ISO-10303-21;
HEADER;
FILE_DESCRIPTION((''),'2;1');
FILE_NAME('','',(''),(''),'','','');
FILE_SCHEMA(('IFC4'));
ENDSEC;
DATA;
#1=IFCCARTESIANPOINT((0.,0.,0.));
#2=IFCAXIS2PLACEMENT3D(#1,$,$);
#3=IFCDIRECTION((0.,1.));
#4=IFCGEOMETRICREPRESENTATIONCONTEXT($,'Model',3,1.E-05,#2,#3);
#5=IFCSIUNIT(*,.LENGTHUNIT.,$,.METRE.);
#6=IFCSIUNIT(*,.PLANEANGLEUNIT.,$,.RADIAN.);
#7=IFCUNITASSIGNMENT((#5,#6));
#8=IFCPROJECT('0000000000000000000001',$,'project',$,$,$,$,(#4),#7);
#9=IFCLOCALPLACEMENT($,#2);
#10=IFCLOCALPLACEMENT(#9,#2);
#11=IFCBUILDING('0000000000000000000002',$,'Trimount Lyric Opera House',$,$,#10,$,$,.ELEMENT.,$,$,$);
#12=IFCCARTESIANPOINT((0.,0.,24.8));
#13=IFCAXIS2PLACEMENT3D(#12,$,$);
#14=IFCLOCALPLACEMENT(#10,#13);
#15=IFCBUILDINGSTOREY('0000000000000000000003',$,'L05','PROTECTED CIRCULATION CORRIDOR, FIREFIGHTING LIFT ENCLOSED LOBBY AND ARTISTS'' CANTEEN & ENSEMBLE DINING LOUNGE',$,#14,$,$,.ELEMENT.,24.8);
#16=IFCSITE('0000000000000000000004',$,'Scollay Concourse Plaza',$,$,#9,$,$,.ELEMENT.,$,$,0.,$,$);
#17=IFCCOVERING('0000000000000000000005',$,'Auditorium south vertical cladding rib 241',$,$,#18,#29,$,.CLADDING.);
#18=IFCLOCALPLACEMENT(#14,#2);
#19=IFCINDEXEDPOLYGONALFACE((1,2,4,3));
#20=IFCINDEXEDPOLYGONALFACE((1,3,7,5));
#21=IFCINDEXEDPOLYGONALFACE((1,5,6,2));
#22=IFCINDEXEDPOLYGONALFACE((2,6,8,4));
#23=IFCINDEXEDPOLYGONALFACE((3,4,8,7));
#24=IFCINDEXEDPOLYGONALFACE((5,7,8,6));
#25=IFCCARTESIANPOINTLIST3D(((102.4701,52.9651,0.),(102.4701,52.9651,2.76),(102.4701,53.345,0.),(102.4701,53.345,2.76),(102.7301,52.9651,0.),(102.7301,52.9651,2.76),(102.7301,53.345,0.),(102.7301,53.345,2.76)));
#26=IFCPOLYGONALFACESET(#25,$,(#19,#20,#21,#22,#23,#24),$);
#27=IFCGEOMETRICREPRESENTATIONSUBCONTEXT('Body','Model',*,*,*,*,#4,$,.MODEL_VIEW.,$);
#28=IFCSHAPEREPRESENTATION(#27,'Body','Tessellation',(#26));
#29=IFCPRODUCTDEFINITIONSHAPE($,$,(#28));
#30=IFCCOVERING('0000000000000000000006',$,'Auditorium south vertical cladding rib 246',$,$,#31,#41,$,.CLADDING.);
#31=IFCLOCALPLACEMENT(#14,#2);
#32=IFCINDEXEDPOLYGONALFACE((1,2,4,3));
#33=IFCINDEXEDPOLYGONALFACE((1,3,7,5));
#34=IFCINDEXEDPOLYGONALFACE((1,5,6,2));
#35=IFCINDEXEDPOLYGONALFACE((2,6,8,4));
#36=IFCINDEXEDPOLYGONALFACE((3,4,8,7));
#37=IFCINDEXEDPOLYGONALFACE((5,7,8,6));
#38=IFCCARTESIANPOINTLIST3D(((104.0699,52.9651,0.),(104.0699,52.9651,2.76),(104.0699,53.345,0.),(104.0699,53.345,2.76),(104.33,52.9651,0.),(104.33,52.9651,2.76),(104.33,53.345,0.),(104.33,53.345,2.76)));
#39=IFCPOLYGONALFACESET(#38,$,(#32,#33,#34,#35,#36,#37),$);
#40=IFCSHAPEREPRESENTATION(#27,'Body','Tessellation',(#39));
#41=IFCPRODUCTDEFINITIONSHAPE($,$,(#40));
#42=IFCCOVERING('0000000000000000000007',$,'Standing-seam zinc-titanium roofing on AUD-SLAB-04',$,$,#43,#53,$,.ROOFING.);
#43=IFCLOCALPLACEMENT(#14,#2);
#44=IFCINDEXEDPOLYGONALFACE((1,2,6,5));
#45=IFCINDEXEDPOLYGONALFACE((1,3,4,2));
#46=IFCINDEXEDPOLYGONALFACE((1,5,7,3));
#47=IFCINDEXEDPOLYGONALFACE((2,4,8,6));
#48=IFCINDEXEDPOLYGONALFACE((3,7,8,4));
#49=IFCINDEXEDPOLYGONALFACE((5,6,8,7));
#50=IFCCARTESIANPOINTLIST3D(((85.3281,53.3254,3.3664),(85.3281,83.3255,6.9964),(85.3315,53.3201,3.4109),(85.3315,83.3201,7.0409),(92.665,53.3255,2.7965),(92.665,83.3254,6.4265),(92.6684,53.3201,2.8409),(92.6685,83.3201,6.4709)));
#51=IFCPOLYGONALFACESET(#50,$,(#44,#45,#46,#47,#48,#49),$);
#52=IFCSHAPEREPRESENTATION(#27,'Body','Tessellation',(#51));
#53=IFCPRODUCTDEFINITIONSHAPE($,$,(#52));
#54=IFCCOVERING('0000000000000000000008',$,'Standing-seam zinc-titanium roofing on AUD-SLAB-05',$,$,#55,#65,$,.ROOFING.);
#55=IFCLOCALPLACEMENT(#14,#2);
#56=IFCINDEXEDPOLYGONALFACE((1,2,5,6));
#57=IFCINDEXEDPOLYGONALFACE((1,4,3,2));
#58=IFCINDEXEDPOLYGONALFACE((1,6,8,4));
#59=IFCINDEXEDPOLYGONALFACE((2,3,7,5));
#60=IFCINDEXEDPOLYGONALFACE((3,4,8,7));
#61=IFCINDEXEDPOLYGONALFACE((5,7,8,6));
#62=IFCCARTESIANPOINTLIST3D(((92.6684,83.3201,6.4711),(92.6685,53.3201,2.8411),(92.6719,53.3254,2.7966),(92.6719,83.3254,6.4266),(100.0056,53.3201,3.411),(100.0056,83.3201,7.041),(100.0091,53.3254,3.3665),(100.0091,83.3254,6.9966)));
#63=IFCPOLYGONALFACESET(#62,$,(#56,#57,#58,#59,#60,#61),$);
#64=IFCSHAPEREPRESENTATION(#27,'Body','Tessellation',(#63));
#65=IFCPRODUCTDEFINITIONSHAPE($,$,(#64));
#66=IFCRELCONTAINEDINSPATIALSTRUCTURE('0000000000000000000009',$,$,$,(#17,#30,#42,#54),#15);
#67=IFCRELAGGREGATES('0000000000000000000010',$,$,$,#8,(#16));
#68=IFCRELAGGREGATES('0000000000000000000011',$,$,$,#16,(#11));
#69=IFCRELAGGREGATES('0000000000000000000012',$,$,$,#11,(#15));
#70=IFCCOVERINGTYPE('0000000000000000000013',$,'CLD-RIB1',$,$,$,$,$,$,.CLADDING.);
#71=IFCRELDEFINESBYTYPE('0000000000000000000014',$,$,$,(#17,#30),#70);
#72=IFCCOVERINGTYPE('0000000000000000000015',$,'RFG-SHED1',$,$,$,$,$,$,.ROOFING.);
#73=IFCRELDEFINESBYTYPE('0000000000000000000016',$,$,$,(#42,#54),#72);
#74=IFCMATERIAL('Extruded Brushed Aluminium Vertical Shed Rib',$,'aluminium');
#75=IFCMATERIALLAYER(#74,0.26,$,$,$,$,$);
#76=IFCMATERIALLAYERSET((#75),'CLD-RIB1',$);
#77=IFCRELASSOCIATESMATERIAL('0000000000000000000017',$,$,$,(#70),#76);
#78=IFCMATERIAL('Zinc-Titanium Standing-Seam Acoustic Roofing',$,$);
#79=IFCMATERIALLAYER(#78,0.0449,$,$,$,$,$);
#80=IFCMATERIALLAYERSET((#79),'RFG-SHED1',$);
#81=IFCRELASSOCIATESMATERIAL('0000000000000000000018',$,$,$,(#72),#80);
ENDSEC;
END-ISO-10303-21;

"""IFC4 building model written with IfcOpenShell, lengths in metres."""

from ifc_helpers import new_model, si_unit, direction, frame, origin, origin_2d, place, context, subcontext, project, spatial, polyline, rectangle, outline, extrude, material, layer, layer_set, type_object, element, save


model = new_model("IFC4")

# Units and contexts
model_context = context("Model", 3, precision=1e-05, world=origin(), true_north=direction((0.0, 1.0)))
body_context = subcontext(model_context, "Body", "Model", "MODEL_VIEW")
ifc_project = project(units=[si_unit("LENGTHUNIT", "METRE"), si_unit("PLANEANGLEUNIT", "RADIAN")], contexts=[model_context])

# Site, building, storey
site_placement = place(None, origin())
site = spatial("IfcSite", under=ifc_project, at=site_placement, Name="Scollay Concourse Plaza", CompositionType="ELEMENT", RefElevation=0.0)
building_placement = place(site_placement, origin())
building = spatial("IfcBuilding", under=site, at=building_placement, Name="Trimount Lyric Opera House", CompositionType="ELEMENT")
storey_placement = place(building_placement, frame((0.0, 0.0, 24.8)))
storey = spatial("IfcBuildingStorey", under=building, at=storey_placement, Name="L05", Description="PROTECTED CIRCULATION CORRIDOR, FIREFIGHTING LIFT ENCLOSED LOBBY AND ARTISTS' CANTEEN & ENSEMBLE DINING LOUNGE", CompositionType="ELEMENT", Elevation=24.8)

# Coverings
ifc_material_1 = material(Name="Extruded Brushed Aluminium Vertical Shed Rib", Category="aluminium")
ifc_layer_1 = layer(ifc_material_1, 0.26)
ifc_layer_set_1 = layer_set([ifc_layer_1], Name="CLD-RIB1")
covering_type_1 = type_object("IfcCoveringType", Name="CLD-RIB1", PredefinedType="CLADDING", material=ifc_layer_set_1)
for number, where, z_axis, x_axis, name in (
    (1, (102.6001, 53.155, 0.0), (0.0, 0.0, 1.0), (1.0, 0.0, 0.0), "Auditorium south vertical cladding rib 241"),
    (2, (104.2, 53.155, 0.0), (0.0, 0.0, 1.0), (1.0, 0.0, 0.0), "Auditorium south vertical cladding rib 246"),
):
    element("IfcCovering", number, at=place(storey_placement, frame(where, z_axis=z_axis, x_axis=x_axis)), inside=storey, type_object=covering_type_1, Name=name, PredefinedType="CLADDING", context=body_context, shape_type="SweptSolid", body=[
        extrude(rectangle(XDim=0.26, YDim=0.3799, at=origin_2d()), origin(), (0.0, 0.0, 1.0), 2.76),
    ])
ifc_material_2 = material(Name="Zinc-Titanium Standing-Seam Acoustic Roofing")
ifc_layer_2 = layer(ifc_material_2, 0.0449)
ifc_layer_set_2 = layer_set([ifc_layer_2], Name="RFG-SHED1")
covering_type_2 = type_object("IfcCoveringType", Name="RFG-SHED1", PredefinedType="ROOFING", material=ifc_layer_set_2)
covering_1_placement = place(storey_placement, frame((85.3315, 53.3201, 3.4109), z_axis=(0.076891, -0.119768, 0.98982), x_axis=(0.996996, 0.000002, -0.077448)))
element("IfcCovering", 3, at=covering_1_placement, inside=storey, type_object=covering_type_2, Name="Standing-seam zinc-titanium roofing on AUD-SLAB-04", PredefinedType="ROOFING", context=body_context, shape_type="SweptSolid", body=[
    extrude(outline(polyline([(0.0, 0.0), (7.359, 0.0), (7.0779, 30.2175), (-0.2811, 30.2175), (0.0, 0.0)])), origin(), (0.0, 0.0, -1.0), 0.0449),
])
covering_2_placement = place(storey_placement, frame((92.6685, 53.3201, 2.8411), z_axis=(-0.076889, -0.119768, 0.98982), x_axis=(0.996997, -0.000002, 0.077446)))
element("IfcCovering", 4, at=covering_2_placement, inside=storey, type_object=covering_type_2, Name="Standing-seam zinc-titanium roofing on AUD-SLAB-05", PredefinedType="ROOFING", context=body_context, shape_type="SweptSolid", body=[
    extrude(outline(polyline([(0.0, 0.0), (7.3593, 0.0), (7.6403, 30.2175), (0.2811, 30.2175), (0.0, 0.0)])), origin(), (0.0, 0.0, -1.0), 0.0449),
])

save(model, "model.ifc")
